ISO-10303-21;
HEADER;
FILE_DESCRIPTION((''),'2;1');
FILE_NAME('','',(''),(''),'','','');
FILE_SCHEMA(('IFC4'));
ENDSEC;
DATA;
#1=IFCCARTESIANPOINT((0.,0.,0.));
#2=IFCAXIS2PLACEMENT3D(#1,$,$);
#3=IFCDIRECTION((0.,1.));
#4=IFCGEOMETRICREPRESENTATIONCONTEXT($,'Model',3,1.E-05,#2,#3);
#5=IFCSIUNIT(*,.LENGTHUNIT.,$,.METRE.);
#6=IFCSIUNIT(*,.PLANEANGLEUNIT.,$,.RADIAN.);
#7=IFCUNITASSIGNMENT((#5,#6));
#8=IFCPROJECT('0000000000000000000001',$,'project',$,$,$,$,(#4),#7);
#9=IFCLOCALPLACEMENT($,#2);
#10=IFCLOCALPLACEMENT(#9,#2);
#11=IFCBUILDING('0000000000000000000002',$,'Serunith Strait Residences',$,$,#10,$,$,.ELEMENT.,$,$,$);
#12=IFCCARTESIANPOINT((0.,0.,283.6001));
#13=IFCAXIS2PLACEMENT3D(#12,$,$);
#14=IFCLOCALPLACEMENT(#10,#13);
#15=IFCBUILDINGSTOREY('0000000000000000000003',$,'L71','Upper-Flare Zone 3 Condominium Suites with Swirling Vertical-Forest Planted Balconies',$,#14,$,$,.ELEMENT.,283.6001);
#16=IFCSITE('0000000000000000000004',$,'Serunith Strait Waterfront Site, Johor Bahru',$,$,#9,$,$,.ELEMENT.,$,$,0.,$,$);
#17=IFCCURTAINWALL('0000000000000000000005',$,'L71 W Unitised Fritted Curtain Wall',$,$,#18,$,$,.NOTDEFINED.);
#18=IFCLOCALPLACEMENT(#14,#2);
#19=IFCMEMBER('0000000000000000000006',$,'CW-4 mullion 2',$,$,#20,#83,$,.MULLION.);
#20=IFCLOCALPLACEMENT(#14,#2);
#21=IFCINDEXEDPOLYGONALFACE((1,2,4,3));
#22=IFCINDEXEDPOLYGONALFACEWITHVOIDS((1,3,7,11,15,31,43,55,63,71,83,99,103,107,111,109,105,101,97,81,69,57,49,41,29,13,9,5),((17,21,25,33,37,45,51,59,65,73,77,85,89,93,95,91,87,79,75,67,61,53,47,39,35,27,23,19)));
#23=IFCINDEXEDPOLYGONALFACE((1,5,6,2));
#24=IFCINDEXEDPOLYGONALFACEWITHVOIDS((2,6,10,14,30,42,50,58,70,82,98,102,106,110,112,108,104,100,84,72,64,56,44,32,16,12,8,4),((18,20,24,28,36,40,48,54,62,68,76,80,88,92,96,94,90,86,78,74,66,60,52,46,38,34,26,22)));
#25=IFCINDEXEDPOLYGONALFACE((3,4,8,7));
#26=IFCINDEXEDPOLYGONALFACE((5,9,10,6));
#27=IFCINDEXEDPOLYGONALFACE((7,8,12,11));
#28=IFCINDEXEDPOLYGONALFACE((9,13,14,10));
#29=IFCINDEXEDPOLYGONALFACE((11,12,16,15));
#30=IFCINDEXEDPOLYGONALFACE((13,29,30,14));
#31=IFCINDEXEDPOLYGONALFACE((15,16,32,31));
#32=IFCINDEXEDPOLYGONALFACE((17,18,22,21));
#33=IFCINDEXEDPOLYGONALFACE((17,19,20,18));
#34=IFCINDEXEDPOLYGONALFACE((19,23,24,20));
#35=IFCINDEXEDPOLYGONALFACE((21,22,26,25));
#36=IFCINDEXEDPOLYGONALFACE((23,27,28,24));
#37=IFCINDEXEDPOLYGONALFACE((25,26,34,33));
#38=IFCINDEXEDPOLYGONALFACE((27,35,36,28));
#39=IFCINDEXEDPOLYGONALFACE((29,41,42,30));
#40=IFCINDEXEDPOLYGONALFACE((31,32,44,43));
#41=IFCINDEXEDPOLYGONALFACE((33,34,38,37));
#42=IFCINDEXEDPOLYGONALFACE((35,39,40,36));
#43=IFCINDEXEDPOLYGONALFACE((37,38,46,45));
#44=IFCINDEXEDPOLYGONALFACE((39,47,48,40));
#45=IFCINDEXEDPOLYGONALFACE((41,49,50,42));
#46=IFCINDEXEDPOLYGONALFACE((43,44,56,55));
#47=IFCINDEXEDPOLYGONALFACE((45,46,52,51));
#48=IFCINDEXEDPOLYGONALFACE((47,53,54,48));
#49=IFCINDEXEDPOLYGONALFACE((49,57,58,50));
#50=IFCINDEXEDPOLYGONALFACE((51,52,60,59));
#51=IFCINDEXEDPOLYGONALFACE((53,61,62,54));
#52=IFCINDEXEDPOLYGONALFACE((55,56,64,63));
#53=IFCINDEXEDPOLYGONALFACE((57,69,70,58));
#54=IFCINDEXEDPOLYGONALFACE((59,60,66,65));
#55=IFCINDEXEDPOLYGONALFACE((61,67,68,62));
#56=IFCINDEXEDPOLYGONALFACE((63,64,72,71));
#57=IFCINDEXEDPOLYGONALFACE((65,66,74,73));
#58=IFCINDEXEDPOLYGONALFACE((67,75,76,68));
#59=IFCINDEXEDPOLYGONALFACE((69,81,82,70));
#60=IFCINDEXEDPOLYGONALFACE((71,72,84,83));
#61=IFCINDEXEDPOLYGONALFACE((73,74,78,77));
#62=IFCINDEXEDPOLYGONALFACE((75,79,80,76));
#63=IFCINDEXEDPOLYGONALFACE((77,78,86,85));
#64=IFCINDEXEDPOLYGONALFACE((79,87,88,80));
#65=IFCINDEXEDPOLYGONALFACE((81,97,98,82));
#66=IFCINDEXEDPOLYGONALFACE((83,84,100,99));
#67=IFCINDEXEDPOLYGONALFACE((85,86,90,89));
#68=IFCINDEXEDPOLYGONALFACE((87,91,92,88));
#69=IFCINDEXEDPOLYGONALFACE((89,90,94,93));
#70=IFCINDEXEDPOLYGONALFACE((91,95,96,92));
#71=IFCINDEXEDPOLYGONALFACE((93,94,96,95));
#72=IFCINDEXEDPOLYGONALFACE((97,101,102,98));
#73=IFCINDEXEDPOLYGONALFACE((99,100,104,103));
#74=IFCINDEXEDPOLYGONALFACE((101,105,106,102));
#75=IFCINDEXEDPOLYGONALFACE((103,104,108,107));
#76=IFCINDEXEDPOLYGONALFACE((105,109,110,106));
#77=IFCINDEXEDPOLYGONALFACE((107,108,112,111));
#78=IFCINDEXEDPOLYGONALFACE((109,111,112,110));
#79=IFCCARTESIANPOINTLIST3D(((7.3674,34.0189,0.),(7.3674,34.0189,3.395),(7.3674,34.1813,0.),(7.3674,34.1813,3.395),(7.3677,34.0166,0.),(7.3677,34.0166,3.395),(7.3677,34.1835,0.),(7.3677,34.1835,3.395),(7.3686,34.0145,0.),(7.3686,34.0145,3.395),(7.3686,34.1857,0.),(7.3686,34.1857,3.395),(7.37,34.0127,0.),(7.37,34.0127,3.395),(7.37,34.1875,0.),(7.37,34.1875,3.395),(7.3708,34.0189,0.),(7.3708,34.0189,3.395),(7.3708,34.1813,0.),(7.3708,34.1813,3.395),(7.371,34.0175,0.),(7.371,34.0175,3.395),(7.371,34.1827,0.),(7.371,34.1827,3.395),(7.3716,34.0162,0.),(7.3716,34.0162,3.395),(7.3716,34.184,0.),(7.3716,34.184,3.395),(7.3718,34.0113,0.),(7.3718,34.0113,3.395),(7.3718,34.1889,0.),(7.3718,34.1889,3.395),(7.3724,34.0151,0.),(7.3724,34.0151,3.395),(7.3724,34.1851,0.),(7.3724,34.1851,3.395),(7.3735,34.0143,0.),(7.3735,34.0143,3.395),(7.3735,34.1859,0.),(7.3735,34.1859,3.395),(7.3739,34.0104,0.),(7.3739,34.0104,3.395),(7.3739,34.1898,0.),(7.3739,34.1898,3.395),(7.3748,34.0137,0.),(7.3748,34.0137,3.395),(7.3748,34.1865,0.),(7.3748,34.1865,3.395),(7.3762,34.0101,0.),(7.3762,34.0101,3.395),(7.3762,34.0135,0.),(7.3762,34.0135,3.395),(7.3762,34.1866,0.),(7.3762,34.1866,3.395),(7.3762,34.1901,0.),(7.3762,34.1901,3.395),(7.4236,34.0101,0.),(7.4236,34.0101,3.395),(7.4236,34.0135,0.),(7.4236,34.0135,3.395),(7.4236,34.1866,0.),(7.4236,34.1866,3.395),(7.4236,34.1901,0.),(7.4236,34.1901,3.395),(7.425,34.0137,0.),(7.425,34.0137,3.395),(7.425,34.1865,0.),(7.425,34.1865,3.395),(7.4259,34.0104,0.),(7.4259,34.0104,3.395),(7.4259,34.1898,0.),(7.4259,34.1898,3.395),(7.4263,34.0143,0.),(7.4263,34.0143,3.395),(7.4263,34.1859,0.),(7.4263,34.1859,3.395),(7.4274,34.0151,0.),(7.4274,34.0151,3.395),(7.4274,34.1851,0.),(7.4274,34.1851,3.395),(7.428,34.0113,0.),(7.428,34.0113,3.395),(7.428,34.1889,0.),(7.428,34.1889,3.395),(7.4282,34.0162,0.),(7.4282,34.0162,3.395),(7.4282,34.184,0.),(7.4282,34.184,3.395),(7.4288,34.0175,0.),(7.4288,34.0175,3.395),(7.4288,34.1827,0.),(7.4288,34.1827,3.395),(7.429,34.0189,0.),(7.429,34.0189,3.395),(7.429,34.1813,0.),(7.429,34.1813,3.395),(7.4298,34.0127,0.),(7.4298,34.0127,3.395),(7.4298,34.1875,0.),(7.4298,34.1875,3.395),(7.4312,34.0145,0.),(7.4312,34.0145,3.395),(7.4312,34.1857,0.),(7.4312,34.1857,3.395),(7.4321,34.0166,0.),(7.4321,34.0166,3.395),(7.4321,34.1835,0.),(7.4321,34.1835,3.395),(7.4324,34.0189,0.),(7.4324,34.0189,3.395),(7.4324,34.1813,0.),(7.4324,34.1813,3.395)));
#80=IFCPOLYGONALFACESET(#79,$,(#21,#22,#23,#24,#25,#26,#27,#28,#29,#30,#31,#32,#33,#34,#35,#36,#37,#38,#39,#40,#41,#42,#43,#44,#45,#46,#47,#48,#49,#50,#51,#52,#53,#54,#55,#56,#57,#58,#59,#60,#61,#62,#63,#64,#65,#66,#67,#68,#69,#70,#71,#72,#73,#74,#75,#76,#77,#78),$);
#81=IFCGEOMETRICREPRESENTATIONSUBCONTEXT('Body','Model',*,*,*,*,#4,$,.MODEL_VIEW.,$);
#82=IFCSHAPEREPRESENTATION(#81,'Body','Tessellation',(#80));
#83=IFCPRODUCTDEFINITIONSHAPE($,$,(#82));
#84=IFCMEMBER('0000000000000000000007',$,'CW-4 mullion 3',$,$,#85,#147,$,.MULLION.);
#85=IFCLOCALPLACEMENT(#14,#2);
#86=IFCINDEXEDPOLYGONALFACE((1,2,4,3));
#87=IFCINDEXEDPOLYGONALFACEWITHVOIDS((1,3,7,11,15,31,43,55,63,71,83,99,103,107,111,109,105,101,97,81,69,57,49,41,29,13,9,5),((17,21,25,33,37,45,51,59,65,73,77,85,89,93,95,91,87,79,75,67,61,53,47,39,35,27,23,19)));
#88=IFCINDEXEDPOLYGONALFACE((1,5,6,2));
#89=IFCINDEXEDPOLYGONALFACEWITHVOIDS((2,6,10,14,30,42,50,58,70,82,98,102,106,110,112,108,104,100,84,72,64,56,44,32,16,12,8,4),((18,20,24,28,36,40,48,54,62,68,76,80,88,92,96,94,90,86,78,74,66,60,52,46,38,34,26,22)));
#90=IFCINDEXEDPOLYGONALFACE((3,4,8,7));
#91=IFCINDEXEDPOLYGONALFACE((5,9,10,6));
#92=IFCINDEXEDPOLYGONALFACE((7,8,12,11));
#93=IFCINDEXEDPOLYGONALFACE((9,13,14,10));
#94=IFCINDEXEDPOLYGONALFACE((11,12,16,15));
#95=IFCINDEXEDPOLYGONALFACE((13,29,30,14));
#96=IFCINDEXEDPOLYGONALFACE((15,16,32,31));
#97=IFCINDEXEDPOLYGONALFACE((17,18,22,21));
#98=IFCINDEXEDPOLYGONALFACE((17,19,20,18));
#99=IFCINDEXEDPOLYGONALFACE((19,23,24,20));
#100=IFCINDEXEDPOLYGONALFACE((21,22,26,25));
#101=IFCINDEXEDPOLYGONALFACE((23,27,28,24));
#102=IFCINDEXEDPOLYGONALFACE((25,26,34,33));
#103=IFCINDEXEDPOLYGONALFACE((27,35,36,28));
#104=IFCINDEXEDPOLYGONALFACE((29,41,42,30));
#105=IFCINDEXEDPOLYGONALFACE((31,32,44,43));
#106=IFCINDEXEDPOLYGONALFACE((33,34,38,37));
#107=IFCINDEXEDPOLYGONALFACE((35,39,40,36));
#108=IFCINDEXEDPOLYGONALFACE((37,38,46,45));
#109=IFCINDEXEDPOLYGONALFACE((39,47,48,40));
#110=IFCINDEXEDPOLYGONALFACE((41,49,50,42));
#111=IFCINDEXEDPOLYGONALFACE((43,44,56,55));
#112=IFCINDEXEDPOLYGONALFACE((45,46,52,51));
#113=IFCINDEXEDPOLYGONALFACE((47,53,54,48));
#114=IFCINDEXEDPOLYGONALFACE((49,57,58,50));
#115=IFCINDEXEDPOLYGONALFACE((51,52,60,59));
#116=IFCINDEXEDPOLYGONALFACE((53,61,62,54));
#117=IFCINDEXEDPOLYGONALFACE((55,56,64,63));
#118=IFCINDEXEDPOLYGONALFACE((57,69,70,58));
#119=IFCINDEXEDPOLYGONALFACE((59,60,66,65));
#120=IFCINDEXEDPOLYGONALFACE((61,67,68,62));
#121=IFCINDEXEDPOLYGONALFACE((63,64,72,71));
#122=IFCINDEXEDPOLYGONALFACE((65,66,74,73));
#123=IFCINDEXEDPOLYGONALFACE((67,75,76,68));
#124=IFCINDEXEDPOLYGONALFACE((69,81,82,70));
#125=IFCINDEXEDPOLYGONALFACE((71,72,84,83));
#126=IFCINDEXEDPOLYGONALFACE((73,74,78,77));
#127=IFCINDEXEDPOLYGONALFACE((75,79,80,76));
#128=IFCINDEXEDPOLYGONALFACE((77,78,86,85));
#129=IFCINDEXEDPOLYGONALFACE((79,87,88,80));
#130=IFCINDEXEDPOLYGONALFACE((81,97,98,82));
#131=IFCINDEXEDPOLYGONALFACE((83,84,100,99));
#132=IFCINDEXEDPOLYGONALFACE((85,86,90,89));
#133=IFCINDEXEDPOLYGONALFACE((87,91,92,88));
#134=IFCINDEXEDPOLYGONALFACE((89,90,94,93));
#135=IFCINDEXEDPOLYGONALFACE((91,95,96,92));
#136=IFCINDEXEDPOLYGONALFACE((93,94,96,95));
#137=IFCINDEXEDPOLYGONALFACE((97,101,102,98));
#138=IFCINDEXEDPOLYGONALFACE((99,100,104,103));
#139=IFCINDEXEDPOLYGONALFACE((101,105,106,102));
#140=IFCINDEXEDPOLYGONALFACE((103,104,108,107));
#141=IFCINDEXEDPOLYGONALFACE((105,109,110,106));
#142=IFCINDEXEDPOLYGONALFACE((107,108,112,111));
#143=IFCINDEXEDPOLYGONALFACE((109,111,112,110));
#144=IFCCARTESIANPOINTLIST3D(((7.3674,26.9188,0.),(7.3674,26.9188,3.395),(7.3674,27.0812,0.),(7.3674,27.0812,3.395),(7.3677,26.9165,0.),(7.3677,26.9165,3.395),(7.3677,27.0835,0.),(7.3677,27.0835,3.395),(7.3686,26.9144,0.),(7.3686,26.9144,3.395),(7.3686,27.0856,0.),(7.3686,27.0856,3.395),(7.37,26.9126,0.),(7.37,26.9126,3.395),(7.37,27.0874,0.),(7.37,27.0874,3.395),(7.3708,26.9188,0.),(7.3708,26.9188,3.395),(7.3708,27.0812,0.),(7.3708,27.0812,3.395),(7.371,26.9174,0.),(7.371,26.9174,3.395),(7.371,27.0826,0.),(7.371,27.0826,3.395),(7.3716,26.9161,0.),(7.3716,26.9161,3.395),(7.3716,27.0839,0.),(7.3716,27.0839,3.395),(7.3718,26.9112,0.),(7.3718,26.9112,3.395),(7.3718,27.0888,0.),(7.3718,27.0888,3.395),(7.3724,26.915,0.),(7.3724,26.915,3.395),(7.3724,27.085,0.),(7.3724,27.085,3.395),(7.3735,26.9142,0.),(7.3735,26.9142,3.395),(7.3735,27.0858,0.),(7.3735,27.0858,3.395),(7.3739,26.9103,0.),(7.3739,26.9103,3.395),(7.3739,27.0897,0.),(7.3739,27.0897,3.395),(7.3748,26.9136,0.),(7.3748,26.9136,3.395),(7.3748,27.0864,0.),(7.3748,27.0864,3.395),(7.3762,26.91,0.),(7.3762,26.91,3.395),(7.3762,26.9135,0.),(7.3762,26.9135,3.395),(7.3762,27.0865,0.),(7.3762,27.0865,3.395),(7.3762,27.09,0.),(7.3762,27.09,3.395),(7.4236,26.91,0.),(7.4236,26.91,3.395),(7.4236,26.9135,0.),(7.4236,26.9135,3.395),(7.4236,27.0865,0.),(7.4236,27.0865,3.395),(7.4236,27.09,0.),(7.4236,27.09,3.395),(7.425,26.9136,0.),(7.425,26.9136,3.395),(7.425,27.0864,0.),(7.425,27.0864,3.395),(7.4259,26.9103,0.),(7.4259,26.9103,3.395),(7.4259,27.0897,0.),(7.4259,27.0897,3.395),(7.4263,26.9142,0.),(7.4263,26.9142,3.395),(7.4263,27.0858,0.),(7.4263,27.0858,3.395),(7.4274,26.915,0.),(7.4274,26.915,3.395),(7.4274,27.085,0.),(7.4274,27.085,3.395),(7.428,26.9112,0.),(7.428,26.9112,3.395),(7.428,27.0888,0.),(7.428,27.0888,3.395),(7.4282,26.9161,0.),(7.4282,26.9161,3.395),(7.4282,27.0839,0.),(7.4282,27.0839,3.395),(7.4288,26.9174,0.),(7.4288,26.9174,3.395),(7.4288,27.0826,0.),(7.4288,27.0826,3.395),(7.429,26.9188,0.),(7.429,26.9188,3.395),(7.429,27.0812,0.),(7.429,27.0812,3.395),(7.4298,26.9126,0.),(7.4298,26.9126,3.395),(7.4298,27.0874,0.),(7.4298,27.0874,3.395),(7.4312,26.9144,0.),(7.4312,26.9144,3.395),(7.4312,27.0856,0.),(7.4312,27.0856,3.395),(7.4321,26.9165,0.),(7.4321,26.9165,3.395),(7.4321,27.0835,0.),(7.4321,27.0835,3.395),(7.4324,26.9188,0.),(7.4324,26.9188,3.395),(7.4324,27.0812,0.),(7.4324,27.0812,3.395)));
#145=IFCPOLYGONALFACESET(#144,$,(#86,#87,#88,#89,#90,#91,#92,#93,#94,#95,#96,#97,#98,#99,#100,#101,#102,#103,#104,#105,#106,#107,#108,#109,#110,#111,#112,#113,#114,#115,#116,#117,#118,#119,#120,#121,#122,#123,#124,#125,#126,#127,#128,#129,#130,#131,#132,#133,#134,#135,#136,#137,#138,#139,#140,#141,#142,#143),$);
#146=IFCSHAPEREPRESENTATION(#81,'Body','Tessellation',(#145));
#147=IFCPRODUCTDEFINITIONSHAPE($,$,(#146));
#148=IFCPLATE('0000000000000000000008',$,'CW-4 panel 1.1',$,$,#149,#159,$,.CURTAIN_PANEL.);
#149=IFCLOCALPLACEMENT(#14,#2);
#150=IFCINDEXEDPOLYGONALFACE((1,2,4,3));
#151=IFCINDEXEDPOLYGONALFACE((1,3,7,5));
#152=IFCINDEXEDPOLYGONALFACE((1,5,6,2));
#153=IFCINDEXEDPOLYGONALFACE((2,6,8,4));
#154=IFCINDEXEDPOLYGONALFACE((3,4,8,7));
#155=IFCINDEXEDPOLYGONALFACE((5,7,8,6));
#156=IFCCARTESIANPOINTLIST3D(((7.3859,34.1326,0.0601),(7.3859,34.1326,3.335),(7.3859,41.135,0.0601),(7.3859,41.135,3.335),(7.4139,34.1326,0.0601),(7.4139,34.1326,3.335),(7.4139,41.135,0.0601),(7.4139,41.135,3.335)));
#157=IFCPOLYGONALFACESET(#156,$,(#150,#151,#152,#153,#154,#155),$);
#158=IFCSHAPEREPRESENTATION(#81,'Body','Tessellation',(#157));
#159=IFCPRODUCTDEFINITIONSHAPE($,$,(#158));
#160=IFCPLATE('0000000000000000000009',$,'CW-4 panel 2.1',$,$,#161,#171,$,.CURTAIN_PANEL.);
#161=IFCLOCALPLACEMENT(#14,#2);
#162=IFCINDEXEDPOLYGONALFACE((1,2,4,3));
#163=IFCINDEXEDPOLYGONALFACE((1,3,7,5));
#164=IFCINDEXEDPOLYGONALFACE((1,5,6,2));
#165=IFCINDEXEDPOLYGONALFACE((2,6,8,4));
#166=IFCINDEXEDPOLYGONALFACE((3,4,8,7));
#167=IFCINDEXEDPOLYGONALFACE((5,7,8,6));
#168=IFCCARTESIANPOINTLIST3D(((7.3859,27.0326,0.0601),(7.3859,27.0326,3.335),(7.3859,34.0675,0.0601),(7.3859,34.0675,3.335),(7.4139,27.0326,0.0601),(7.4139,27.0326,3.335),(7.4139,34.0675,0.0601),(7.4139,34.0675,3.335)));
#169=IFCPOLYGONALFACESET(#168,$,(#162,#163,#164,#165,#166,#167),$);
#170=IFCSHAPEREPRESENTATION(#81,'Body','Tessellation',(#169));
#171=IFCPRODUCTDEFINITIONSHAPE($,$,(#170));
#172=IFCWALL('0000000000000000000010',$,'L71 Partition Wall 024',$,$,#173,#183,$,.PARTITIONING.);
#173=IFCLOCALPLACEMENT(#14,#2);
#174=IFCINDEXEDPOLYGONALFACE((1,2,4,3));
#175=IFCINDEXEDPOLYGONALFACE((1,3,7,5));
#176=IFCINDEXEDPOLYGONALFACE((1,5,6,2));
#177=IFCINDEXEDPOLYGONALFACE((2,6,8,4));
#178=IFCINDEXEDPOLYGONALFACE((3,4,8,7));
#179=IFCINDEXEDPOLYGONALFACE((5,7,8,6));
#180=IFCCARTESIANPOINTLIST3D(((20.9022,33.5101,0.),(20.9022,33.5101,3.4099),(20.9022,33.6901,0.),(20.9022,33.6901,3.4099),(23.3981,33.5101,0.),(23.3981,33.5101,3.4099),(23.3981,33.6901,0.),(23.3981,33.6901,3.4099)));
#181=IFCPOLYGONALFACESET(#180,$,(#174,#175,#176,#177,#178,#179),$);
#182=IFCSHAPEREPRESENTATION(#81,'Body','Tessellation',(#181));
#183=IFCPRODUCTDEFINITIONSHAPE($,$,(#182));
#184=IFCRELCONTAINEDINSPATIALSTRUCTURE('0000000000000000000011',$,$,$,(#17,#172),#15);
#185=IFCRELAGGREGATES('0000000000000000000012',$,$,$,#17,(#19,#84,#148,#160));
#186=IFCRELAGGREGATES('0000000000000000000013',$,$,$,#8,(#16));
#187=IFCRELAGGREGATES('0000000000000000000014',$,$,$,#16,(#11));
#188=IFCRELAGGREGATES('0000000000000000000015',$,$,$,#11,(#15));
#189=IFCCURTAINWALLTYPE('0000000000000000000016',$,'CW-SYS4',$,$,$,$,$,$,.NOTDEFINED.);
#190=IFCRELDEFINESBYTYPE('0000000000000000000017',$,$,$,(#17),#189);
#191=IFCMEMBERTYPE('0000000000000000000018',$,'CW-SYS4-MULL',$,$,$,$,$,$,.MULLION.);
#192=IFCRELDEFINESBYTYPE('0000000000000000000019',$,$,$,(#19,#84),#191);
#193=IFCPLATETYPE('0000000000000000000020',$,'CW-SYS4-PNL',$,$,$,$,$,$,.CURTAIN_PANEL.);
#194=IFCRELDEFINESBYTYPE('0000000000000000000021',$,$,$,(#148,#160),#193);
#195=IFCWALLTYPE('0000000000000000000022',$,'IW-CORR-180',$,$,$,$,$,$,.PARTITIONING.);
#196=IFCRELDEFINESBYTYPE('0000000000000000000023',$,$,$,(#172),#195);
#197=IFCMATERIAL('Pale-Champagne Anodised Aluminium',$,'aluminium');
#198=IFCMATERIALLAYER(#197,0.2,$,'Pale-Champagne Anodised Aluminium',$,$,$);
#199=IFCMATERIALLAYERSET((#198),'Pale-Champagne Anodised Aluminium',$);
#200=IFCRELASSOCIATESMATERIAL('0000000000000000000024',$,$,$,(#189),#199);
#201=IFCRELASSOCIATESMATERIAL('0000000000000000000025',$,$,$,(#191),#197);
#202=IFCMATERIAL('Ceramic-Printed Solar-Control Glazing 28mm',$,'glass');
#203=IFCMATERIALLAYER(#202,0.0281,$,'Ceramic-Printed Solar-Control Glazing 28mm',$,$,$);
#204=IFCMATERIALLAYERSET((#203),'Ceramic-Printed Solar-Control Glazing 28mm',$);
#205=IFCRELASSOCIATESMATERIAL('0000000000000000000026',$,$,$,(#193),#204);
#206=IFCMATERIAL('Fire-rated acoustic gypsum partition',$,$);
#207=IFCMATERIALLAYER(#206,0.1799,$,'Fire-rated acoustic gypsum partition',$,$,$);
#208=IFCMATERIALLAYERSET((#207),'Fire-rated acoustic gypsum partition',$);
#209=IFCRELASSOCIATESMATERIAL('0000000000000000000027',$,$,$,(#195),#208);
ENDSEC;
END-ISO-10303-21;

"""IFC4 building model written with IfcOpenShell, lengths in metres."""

from ifc_helpers import new_model, si_unit, direction, frame, frame_2d, origin, origin_2d, place, context, subcontext, project, spatial, rectangle, hollow_rectangle, extrude, source, transform, mapped, material, layer, layer_set, material_profile, profile_set, type_object, element, aggregate, save


model = new_model("IFC4")

# Units and contexts
model_context = context("Model", 3, precision=1e-05, world=origin(), true_north=direction((0.0, 1.0)))
body_context = subcontext(model_context, "Body", "Model", "MODEL_VIEW")
ifc_project = project(units=[si_unit("LENGTHUNIT", "METRE"), si_unit("PLANEANGLEUNIT", "RADIAN")], contexts=[model_context])

# Site, building, storey
site_placement = place(None, origin())
site = spatial("IfcSite", under=ifc_project, at=site_placement, Name="Serunith Strait Waterfront Site, Johor Bahru", CompositionType="ELEMENT", RefElevation=0.0)
building_placement = place(site_placement, origin())
building = spatial("IfcBuilding", under=site, at=building_placement, Name="Serunith Strait Residences", CompositionType="ELEMENT")
storey_placement = place(building_placement, frame((0.0, 0.0, 283.6001)))
storey = spatial("IfcBuildingStorey", under=building, at=storey_placement, Name="L71", Description="Upper-Flare Zone 3 Condominium Suites with Swirling Vertical-Forest Planted Balconies", CompositionType="ELEMENT", Elevation=283.6001)

# Curtain wall, members, plates
ifc_material_1 = material(Name="Pale-Champagne Anodised Aluminium", Category="aluminium")
ifc_layer_1 = layer(ifc_material_1, 0.2, Name="Pale-Champagne Anodised Aluminium")
ifc_layer_set_1 = layer_set([ifc_layer_1], Name="Pale-Champagne Anodised Aluminium")
curtain_wall_type = type_object("IfcCurtainWallType", Name="CW-SYS4", PredefinedType="NOTDEFINED", material=ifc_layer_set_1)
curtain_wall_placement = place(storey_placement, origin())
curtain_wall = element("IfcCurtainWall", 1, at=curtain_wall_placement, inside=storey, type_object=curtain_wall_type, Name="L71 W Unitised Fritted Curtain Wall", PredefinedType="NOTDEFINED")
ifc_material_profile_1 = material_profile(ifc_material_1, hollow_rectangle(XDim=0.0649, YDim=0.1799, WallThickness=0.0034, InnerFilletRadius=0.0054, OuterFilletRadius=0.0088, at=origin_2d()), Name="ALU 180x65x3.5")
ifc_profile_set_1 = profile_set([ifc_material_profile_1], Name="Pale-Champagne Anodised Aluminium")
member_type_1 = type_object("IfcMemberType", Name="CW-SYS4-MULL", PredefinedType="MULLION", material=ifc_profile_set_1)
shared_shape_1 = source(origin(), body_context, "Body", "SweptSolid", [
    extrude(hollow_rectangle(XDim=0.0649, YDim=0.1799, WallThickness=0.0034, InnerFilletRadius=0.0054, OuterFilletRadius=0.0088, at=origin_2d()), origin(), (0.0, 0.0, 1.0), 3.395),
])
member_1_placement = place(storey_placement, frame((7.3999, 34.1001, 0.0), z_axis=(0.0, 0.0, 1.0), x_axis=(1.0, 0.0, 0.0)))
member_1 = element("IfcMember", 2, at=member_1_placement, type_object=member_type_1, Name="CW-4 mullion 2", PredefinedType="MULLION", context=body_context, shape_type="MappedRepresentation", body=[
    mapped(shared_shape_1, transform((0.0, 0.0, 0.0), scale=1.0)),
])
member_2_placement = place(storey_placement, frame((7.3999, 27.0, 0.0), z_axis=(0.0, 0.0, 1.0), x_axis=(1.0, 0.0, 0.0)))
member_2 = element("IfcMember", 3, at=member_2_placement, type_object=member_type_1, Name="CW-4 mullion 3", PredefinedType="MULLION", context=body_context, shape_type="MappedRepresentation", body=[
    mapped(shared_shape_1, transform((0.0, 0.0, 0.0), scale=1.0)),
])
ifc_material_2 = material(Name="Ceramic-Printed Solar-Control Glazing 28mm", Category="glass")
ifc_layer_2 = layer(ifc_material_2, 0.0281, Name="Ceramic-Printed Solar-Control Glazing 28mm")
ifc_layer_set_2 = layer_set([ifc_layer_2], Name="Ceramic-Printed Solar-Control Glazing 28mm")
plate_type = type_object("IfcPlateType", Name="CW-SYS4-PNL", PredefinedType="CURTAIN_PANEL", material=ifc_layer_set_2)
shared_shape_2 = source(origin(), body_context, "Body", "SweptSolid", [
    extrude(rectangle(XDim=7.0024, YDim=0.0281, at=origin_2d()), origin(), (0.0, 0.0, 1.0), 3.2749),
])
plate_1_placement = place(storey_placement, frame((7.3999, 37.6338, 0.0601), z_axis=(0.0, 0.0, 1.0), x_axis=(0.0, -1.0, 0.0)))
plate_1 = element("IfcPlate", 4, at=plate_1_placement, type_object=plate_type, Name="CW-4 panel 1.1", PredefinedType="CURTAIN_PANEL", context=body_context, shape_type="MappedRepresentation", body=[
    mapped(shared_shape_2, transform((0.0, 0.0, 0.0), scale=1.0)),
])
shared_shape_3 = source(origin(), body_context, "Body", "SweptSolid", [
    extrude(rectangle(XDim=7.0349, YDim=0.0281, at=origin_2d()), origin(), (0.0, 0.0, 1.0), 3.2749),
])
plate_2_placement = place(storey_placement, frame((7.3999, 30.55, 0.0601), z_axis=(0.0, 0.0, 1.0), x_axis=(0.0, -1.0, 0.0)))
plate_2 = element("IfcPlate", 5, at=plate_2_placement, type_object=plate_type, Name="CW-4 panel 2.1", PredefinedType="CURTAIN_PANEL", context=body_context, shape_type="MappedRepresentation", body=[
    mapped(shared_shape_3, transform((0.0, 0.0, 0.0), scale=1.0)),
])
aggregate(curtain_wall, [member_1, member_2, plate_1, plate_2])

# Wall
ifc_material_3 = material(Name="Fire-rated acoustic gypsum partition")
ifc_layer_3 = layer(ifc_material_3, 0.1799, Name="Fire-rated acoustic gypsum partition")
ifc_layer_set_3 = layer_set([ifc_layer_3], Name="Fire-rated acoustic gypsum partition")
wall_type_1 = type_object("IfcWallType", Name="IW-CORR-180", PredefinedType="PARTITIONING", material=ifc_layer_set_3)
wall_1_placement = place(storey_placement, frame((20.9021, 33.6001, 0.0), z_axis=(0.0, 0.0, 1.0), x_axis=(1.0, 0.0, 0.0)))
element("IfcWall", 6, at=wall_1_placement, inside=storey, type_object=wall_type_1, Name="L71 Partition Wall 024", PredefinedType="PARTITIONING", context=body_context, shape_type="SweptSolid", body=[
    extrude(rectangle(XDim=2.4958, YDim=0.1799, at=frame_2d((1.248, 0.0))), origin(), (0.0, 0.0, 1.0), 3.4099),
])

save(model, "model.ifc")
